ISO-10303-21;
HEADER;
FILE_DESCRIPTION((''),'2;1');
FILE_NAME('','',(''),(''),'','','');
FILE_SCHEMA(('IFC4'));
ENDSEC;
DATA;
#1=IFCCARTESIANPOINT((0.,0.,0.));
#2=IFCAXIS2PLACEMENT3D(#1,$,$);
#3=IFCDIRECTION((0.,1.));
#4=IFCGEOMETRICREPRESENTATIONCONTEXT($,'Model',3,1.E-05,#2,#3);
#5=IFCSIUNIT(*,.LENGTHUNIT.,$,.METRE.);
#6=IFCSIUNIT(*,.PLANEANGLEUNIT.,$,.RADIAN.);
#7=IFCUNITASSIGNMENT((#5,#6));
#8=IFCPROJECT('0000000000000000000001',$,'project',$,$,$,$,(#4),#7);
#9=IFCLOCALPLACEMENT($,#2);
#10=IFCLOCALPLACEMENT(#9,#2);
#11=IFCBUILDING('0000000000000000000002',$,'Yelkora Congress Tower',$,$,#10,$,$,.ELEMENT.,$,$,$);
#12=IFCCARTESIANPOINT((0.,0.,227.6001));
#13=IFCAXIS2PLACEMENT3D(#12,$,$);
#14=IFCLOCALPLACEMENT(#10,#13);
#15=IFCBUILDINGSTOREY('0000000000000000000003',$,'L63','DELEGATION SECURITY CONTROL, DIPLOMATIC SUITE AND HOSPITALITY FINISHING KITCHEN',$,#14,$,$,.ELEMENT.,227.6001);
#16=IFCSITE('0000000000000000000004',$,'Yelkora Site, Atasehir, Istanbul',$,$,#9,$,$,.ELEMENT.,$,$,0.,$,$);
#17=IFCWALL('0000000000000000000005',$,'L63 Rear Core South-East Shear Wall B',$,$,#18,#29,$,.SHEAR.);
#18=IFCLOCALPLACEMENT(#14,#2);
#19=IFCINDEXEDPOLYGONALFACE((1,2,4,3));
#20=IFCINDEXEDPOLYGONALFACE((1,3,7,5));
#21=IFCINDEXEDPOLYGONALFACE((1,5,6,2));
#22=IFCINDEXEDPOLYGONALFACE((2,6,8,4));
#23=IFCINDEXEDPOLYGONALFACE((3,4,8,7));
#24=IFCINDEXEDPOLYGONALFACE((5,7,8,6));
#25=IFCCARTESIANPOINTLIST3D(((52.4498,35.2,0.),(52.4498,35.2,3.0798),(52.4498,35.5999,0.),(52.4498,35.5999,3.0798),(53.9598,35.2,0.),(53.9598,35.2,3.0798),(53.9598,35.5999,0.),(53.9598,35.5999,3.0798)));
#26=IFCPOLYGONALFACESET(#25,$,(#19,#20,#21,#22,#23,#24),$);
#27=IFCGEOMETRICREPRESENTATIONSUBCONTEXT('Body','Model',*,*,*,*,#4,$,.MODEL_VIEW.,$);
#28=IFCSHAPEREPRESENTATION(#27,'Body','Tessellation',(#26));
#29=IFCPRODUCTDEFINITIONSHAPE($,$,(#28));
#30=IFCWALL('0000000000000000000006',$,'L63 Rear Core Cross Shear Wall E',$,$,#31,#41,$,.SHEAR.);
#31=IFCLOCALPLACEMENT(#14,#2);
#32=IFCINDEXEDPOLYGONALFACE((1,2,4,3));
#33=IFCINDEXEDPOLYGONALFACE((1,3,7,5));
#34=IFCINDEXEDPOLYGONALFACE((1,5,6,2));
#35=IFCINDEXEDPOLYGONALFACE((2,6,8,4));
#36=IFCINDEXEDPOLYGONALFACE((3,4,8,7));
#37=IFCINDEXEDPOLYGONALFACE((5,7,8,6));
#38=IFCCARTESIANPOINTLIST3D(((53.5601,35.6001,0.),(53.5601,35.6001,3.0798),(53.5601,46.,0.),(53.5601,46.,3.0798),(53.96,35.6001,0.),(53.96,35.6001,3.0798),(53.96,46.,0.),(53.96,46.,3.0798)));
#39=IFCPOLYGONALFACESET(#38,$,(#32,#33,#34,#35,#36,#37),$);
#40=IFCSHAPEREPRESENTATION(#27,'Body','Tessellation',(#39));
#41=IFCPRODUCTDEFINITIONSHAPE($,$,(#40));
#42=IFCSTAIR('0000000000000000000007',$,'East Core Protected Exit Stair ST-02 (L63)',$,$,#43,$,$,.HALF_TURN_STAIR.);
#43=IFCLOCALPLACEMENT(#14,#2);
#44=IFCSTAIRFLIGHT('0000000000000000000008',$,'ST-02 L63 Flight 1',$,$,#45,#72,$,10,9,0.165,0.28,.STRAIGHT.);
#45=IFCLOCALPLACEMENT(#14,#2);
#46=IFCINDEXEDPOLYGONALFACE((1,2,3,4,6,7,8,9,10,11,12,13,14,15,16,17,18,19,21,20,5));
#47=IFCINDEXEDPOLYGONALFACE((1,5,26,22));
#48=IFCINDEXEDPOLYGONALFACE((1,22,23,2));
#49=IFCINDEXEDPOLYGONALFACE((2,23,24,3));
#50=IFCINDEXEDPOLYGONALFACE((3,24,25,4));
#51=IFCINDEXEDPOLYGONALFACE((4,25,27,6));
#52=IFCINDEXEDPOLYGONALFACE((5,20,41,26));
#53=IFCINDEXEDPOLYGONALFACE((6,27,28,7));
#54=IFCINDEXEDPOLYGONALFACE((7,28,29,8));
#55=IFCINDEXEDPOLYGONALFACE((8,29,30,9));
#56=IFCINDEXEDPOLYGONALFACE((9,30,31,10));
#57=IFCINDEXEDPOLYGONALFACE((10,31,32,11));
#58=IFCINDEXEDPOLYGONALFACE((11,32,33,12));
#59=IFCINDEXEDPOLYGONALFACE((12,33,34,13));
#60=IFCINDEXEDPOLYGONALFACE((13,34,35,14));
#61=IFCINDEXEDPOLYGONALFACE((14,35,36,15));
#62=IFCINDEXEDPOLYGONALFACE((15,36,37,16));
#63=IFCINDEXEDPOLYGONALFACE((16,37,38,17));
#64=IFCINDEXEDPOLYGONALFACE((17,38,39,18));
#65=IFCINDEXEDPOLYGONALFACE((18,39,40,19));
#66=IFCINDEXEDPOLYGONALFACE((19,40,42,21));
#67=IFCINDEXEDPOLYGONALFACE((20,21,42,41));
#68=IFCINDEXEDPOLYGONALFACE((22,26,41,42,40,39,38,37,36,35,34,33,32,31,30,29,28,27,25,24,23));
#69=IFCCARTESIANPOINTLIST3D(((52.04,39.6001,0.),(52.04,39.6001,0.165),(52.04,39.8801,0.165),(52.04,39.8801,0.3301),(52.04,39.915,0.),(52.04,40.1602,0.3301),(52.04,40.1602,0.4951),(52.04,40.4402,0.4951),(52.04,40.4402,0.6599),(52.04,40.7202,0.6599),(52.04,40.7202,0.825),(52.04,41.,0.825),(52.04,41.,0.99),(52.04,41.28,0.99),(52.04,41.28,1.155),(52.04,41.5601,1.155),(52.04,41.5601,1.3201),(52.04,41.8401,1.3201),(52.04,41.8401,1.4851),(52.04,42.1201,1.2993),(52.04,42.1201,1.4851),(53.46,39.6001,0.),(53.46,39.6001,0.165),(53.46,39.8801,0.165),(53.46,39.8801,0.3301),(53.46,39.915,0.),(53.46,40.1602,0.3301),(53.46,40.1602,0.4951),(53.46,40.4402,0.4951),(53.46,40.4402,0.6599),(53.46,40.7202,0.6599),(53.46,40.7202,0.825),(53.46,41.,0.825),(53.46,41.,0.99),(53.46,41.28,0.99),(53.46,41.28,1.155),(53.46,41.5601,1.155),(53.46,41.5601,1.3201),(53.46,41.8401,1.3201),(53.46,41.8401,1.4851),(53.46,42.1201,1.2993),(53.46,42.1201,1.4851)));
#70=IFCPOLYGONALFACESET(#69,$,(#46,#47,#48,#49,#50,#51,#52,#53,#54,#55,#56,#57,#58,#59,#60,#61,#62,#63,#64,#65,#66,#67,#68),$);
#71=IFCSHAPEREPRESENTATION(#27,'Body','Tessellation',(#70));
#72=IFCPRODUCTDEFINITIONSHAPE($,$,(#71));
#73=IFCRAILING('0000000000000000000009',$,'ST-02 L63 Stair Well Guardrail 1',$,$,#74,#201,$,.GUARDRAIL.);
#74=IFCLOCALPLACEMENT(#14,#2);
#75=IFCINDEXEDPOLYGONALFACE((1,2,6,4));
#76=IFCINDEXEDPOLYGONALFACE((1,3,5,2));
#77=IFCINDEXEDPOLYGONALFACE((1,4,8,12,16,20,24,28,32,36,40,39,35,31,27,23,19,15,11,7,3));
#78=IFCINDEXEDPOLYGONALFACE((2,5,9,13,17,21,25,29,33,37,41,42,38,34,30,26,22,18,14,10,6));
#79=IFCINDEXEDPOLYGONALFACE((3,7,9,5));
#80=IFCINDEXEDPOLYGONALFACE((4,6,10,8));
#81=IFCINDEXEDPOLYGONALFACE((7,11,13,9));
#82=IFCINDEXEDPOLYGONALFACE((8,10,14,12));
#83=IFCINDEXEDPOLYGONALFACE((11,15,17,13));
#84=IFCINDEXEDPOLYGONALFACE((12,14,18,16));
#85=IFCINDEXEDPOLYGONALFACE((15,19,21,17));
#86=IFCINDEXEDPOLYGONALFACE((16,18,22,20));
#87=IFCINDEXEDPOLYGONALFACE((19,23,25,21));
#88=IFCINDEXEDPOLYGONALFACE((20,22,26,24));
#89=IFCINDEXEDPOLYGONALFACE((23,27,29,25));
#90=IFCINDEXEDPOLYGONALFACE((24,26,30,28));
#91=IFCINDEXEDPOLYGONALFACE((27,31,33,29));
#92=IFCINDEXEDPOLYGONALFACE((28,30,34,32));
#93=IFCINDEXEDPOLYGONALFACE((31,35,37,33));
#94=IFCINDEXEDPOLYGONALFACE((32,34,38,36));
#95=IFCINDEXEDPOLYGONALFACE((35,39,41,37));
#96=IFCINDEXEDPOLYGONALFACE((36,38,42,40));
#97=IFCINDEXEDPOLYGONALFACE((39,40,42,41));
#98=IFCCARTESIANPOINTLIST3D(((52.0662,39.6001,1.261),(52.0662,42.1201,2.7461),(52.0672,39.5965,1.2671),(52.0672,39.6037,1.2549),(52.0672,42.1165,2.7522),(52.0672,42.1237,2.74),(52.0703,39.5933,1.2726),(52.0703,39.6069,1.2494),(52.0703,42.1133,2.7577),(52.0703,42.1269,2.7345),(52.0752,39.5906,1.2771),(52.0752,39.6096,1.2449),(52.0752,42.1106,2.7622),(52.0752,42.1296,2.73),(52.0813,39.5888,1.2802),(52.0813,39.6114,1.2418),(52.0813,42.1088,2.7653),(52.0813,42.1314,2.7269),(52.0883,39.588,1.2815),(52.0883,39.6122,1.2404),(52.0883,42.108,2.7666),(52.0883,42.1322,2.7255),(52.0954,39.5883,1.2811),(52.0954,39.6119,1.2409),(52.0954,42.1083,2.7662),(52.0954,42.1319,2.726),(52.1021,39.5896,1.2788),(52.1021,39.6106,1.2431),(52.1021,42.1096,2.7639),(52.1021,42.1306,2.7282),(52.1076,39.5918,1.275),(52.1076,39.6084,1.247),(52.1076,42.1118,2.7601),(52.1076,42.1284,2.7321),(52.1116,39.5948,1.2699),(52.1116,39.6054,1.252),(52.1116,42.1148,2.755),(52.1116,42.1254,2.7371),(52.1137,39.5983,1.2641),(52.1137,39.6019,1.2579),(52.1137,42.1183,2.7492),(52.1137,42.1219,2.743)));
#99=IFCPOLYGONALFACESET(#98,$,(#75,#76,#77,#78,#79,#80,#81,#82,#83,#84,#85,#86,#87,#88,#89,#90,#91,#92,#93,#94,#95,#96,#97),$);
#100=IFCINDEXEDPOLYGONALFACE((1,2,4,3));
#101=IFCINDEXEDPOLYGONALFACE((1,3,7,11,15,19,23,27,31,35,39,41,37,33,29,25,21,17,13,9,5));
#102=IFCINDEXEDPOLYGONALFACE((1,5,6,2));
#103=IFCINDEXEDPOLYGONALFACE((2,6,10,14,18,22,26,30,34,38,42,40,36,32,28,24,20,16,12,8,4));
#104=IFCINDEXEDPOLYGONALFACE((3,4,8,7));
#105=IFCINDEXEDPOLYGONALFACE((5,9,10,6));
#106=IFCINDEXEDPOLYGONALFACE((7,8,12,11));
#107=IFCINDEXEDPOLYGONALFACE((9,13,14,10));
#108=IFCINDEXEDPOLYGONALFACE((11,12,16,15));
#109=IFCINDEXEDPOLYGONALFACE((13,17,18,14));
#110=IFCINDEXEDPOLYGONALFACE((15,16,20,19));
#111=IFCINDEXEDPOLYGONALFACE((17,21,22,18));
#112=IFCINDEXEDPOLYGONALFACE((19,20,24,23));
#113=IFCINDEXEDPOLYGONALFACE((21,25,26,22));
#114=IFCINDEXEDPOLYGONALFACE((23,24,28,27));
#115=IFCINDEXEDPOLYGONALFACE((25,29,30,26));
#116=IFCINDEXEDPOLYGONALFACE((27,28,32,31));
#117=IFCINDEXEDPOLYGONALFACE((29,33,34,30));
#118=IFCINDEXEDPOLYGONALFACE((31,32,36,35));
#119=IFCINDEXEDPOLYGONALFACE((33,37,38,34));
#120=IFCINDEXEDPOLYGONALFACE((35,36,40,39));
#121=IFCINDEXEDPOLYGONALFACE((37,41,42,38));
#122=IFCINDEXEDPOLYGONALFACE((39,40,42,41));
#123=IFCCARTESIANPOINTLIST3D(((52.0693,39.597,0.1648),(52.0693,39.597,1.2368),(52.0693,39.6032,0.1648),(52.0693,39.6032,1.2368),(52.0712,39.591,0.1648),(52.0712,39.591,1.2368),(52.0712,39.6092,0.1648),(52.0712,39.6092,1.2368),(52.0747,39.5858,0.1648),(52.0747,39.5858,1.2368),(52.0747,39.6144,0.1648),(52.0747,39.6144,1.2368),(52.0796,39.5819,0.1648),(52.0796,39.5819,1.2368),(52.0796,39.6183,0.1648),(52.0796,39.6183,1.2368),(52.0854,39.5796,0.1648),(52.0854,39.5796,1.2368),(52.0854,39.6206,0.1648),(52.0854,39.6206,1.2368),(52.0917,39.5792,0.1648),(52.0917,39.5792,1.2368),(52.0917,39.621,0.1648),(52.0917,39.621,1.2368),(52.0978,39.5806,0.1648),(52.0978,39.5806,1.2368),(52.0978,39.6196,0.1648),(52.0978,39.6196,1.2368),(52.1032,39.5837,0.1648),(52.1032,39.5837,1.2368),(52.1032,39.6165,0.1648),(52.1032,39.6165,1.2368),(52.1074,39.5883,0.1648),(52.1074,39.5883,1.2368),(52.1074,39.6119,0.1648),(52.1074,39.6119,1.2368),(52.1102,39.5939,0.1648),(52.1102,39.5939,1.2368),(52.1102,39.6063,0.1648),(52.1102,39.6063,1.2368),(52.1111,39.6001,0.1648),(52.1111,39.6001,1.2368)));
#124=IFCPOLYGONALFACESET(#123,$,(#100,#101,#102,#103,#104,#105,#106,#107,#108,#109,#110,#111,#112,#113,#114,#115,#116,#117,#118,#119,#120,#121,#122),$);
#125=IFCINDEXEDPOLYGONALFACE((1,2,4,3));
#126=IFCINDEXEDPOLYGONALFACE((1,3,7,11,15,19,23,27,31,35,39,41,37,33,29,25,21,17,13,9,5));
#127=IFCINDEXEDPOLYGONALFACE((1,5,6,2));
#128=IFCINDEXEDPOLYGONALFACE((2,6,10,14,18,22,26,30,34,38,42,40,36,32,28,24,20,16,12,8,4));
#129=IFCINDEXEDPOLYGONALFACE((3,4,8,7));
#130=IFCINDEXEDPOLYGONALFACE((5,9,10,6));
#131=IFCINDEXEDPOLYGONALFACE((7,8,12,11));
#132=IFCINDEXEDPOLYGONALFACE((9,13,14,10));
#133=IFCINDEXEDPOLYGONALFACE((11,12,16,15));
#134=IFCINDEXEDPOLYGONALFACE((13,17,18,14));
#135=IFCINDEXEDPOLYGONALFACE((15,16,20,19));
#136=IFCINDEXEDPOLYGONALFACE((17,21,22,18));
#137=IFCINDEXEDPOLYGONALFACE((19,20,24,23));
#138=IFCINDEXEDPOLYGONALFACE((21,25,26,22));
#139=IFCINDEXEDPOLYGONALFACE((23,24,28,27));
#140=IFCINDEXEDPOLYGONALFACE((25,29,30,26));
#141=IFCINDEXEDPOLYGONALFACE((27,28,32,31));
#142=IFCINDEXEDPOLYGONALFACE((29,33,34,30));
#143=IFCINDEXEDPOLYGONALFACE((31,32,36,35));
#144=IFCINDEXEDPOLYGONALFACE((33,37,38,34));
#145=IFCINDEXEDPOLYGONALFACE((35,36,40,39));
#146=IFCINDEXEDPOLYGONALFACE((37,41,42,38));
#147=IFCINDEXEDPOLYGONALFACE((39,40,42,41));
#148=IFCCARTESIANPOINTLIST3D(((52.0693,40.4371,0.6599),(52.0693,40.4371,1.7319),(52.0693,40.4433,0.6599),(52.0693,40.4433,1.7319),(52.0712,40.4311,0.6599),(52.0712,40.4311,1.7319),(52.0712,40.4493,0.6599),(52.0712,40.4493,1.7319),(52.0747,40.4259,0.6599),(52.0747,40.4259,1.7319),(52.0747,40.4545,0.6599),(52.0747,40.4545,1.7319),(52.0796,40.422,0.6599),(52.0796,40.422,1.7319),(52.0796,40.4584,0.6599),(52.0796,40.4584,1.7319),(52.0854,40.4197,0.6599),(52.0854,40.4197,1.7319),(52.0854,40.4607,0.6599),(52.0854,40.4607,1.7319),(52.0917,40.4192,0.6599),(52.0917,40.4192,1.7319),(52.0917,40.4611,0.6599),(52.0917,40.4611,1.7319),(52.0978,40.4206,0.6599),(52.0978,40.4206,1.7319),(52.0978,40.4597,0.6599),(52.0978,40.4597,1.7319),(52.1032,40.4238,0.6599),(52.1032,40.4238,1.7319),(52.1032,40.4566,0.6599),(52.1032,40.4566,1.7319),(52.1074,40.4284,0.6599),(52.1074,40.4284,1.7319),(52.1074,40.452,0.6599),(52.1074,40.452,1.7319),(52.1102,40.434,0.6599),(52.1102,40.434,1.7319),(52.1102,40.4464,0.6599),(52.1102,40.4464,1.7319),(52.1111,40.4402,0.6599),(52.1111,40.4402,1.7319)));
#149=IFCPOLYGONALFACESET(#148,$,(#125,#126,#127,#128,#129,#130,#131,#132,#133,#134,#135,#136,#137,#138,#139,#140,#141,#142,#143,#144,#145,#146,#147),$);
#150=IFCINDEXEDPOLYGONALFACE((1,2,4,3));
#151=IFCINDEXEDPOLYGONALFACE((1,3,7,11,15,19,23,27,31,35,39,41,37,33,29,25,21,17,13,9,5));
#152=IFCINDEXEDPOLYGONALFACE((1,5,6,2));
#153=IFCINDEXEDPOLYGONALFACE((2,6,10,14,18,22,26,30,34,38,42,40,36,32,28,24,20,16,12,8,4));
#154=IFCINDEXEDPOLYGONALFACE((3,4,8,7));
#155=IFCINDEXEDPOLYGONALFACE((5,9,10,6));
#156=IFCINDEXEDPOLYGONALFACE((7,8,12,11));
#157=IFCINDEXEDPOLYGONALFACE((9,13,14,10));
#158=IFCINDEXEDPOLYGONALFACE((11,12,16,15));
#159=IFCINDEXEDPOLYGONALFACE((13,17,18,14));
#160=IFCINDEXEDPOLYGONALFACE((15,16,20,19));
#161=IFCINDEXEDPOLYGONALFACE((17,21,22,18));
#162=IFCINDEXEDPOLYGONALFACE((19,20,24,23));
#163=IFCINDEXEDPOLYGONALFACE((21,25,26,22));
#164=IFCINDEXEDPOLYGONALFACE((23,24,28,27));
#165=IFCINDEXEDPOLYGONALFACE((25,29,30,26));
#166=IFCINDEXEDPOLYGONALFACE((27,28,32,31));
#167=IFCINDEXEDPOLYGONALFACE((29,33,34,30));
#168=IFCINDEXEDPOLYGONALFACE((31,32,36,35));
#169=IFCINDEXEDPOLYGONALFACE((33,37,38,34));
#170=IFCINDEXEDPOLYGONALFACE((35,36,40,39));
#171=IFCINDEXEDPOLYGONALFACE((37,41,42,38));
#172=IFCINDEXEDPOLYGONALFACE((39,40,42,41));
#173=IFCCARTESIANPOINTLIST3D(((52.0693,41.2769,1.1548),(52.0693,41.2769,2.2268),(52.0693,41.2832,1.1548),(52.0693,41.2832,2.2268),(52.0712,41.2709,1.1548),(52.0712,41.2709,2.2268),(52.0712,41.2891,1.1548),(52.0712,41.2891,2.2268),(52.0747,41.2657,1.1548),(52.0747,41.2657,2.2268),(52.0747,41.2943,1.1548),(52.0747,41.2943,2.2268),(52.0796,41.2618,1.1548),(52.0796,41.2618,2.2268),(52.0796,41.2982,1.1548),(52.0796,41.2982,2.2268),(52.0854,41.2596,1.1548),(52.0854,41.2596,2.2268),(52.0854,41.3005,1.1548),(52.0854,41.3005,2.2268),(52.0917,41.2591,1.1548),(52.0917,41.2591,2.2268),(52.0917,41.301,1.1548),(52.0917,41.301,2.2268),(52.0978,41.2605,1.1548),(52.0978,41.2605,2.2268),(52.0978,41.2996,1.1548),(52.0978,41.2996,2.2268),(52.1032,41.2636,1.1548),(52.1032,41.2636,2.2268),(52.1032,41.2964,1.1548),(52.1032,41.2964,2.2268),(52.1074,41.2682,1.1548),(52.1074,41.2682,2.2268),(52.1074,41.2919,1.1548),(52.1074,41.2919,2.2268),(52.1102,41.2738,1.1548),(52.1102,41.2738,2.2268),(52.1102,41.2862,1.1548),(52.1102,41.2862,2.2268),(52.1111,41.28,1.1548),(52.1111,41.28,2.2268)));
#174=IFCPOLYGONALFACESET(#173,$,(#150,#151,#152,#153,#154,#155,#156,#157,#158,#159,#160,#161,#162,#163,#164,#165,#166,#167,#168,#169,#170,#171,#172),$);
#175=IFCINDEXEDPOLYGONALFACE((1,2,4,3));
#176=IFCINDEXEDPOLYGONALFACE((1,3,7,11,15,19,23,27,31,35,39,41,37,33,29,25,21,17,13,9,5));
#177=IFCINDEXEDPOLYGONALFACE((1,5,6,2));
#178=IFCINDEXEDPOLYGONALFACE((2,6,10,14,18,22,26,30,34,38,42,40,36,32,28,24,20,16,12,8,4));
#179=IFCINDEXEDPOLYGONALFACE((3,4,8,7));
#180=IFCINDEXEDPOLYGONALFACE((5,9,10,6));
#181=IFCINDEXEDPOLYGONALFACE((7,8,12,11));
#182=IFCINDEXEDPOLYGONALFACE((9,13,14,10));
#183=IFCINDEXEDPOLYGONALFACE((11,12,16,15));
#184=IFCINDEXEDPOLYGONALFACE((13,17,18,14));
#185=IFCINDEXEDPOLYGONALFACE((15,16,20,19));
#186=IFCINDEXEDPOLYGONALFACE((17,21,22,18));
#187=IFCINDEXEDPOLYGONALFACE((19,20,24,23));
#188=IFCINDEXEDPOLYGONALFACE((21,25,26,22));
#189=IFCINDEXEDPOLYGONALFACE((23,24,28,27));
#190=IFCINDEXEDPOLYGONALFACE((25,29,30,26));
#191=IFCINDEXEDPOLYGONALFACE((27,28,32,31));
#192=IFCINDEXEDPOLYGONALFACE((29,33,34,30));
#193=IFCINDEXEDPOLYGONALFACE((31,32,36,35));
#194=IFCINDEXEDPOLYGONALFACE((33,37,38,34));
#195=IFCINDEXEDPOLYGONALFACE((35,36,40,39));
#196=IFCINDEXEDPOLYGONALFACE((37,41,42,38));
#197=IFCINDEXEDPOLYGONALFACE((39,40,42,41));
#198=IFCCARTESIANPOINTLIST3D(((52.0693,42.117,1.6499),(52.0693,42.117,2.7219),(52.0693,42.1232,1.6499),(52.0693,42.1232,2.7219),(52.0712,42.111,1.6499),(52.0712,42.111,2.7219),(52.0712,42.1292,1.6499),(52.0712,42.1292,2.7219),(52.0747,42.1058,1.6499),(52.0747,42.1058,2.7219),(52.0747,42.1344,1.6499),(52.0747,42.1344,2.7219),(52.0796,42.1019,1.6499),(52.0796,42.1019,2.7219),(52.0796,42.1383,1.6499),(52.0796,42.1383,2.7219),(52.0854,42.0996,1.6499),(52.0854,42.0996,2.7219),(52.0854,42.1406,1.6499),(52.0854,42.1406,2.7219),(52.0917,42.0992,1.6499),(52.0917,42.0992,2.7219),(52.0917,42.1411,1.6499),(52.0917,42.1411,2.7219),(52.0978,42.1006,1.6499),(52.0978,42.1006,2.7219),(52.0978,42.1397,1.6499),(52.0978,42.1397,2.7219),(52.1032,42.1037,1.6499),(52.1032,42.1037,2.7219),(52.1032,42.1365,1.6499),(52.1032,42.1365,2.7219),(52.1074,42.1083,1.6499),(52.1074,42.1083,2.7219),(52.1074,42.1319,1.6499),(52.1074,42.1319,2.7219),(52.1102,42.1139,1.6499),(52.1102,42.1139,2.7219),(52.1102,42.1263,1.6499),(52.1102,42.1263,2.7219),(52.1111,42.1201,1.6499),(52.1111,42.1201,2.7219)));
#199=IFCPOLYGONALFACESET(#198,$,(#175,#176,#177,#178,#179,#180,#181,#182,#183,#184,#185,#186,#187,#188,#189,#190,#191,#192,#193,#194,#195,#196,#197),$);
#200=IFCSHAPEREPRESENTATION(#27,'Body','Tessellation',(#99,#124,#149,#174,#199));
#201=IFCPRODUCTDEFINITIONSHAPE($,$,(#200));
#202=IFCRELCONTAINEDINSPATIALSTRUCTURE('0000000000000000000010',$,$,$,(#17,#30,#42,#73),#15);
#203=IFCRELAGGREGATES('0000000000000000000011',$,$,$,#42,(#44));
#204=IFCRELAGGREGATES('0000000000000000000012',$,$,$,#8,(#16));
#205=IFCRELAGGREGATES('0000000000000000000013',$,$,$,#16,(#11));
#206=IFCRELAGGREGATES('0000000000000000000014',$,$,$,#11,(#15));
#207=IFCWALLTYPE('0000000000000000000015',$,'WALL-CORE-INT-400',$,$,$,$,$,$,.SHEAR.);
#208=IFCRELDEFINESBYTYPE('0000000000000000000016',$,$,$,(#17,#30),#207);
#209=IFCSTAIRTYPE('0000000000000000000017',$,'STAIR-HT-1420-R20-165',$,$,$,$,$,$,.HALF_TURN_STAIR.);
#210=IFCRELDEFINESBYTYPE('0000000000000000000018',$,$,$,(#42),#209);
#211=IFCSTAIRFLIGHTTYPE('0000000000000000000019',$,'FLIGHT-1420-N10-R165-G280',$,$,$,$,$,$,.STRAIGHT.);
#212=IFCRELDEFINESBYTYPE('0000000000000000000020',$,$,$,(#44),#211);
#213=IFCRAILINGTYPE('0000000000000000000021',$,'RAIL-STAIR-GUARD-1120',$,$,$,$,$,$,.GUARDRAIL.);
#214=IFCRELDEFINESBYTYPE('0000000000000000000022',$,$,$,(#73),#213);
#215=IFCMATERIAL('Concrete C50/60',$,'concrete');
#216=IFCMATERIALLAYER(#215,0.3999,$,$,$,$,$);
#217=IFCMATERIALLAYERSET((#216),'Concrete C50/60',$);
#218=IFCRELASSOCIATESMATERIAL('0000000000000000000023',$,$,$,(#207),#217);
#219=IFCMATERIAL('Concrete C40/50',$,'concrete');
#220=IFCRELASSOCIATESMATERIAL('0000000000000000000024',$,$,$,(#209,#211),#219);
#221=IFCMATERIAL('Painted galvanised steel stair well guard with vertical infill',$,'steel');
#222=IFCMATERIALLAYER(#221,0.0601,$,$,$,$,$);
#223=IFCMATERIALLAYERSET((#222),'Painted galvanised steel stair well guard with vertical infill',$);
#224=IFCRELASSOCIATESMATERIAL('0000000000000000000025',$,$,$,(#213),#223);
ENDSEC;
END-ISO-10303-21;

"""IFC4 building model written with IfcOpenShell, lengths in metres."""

from ifc_helpers import new_model, si_unit, direction, frame, frame_2d, origin, origin_2d, place, context, subcontext, project, spatial, polyline, rectangle, circle, outline, extrude, material, layer, layer_set, type_object, element, aggregate, save


model = new_model("IFC4")

# Units and contexts
model_context = context("Model", 3, precision=1e-05, world=origin(), true_north=direction((0.0, 1.0)))
body_context = subcontext(model_context, "Body", "Model", "MODEL_VIEW")
ifc_project = project(units=[si_unit("LENGTHUNIT", "METRE"), si_unit("PLANEANGLEUNIT", "RADIAN")], contexts=[model_context])

# Site, building, storey
site_placement = place(None, origin())
site = spatial("IfcSite", under=ifc_project, at=site_placement, Name="Yelkora Site, Atasehir, Istanbul", CompositionType="ELEMENT", RefElevation=0.0)
building_placement = place(site_placement, origin())
building = spatial("IfcBuilding", under=site, at=building_placement, Name="Yelkora Congress Tower", CompositionType="ELEMENT")
storey_placement = place(building_placement, frame((0.0, 0.0, 227.6001)))
storey = spatial("IfcBuildingStorey", under=building, at=storey_placement, Name="L63", Description="DELEGATION SECURITY CONTROL, DIPLOMATIC SUITE AND HOSPITALITY FINISHING KITCHEN", CompositionType="ELEMENT", Elevation=227.6001)

# Walls
ifc_material_1 = material(Name="Concrete C50/60", Category="concrete")
ifc_layer_1 = layer(ifc_material_1, 0.3999)
ifc_layer_set_1 = layer_set([ifc_layer_1], Name="Concrete C50/60")
wall_type = type_object("IfcWallType", Name="WALL-CORE-INT-400", PredefinedType="SHEAR", material=ifc_layer_set_1)
wall_1_placement = place(storey_placement, frame((52.45, 35.3999, 0.0), z_axis=(0.0, 0.0, 1.0), x_axis=(1.0, 0.0, 0.0)))
element("IfcWall", 1, at=wall_1_placement, inside=storey, type_object=wall_type, Name="L63 Rear Core South-East Shear Wall B", PredefinedType="SHEAR", context=body_context, shape_type="SweptSolid", body=[
    extrude(rectangle(XDim=1.51, YDim=0.3999, at=frame_2d((0.7549, 0.0))), origin(), (0.0, 0.0, 1.0), 3.0798),
])
wall_2_placement = place(storey_placement, frame((53.76, 35.6001, 0.0), z_axis=(0.0, 0.0, 1.0), x_axis=(0.0, 1.0, 0.0)))
element("IfcWall", 2, at=wall_2_placement, inside=storey, type_object=wall_type, Name="L63 Rear Core Cross Shear Wall E", PredefinedType="SHEAR", context=body_context, shape_type="SweptSolid", body=[
    extrude(rectangle(XDim=10.3999, YDim=0.3999, at=frame_2d((5.2, 0.0))), origin(), (0.0, 0.0, 1.0), 3.0798),
])

# Stair, stair flight
ifc_material_2 = material(Name="Concrete C40/50", Category="concrete")
stair_type = type_object("IfcStairType", Name="STAIR-HT-1420-R20-165", PredefinedType="HALF_TURN_STAIR", material=ifc_material_2)
stair_placement = place(storey_placement, origin())
stair = element("IfcStair", 3, at=stair_placement, inside=storey, type_object=stair_type, Name="East Core Protected Exit Stair ST-02 (L63)", PredefinedType="HALF_TURN_STAIR")
stair_flight_type = type_object("IfcStairFlightType", Name="FLIGHT-1420-N10-R165-G280", PredefinedType="STRAIGHT", material=ifc_material_2)
stair_flight_placement = place(storey_placement, frame((52.75, 39.6001, 0.0), z_axis=(0.0, 0.0, 1.0), x_axis=(0.0, 1.0, 0.0)))
stair_flight = element("IfcStairFlight", 4, at=stair_flight_placement, type_object=stair_flight_type, Name="ST-02 L63 Flight 1", NumberOfRisers=10, NumberOfTreads=9, PredefinedType="STRAIGHT", RiserHeight=0.165, TreadLength=0.28, context=body_context, shape_type="SweptSolid", body=[
    extrude(outline(polyline([(0.0, 0.0), (0.0, 0.165), (0.28, 0.165), (0.28, 0.3301), (0.5601, 0.3301), (0.5601, 0.4951), (0.8401, 0.4951), (0.8401, 0.6599), (1.1201, 0.6599), (1.1201, 0.825), (1.3999, 0.825), (1.3999, 0.99), (1.6799, 0.99), (1.6799, 1.155), (1.96, 1.155), (1.96, 1.3201), (2.24, 1.3201), (2.24, 1.4851), (2.52, 1.4851), (2.52, 1.6499), (2.52, 1.2993), (0.3149, 0.0), (0.0, 0.0)])), frame((0.0, 0.71, 0.0), z_axis=(0.0, -1.0, 0.0), x_axis=(1.0, 0.0, 0.0)), (0.0, 0.0, 1.0), 1.4199),
])
aggregate(stair, [stair_flight])

# Railing
ifc_material_3 = material(Name="Painted galvanised steel stair well guard with vertical infill", Category="steel")
ifc_layer_2 = layer(ifc_material_3, 0.0601)
ifc_layer_set_2 = layer_set([ifc_layer_2], Name="Painted galvanised steel stair well guard with vertical infill")
railing_type_1 = type_object("IfcRailingType", Name="RAIL-STAIR-GUARD-1120", PredefinedType="GUARDRAIL", material=ifc_layer_set_2)
railing_1_placement = place(storey_placement, frame((52.0901, 39.6001, 0.1648)))
element("IfcRailing", 5, at=railing_1_placement, inside=storey, type_object=railing_type_1, Name="ST-02 L63 Stair Well Guardrail 1", PredefinedType="GUARDRAIL", context=body_context, shape_type="SweptSolid", body=[
    extrude(circle(Radius=0.0239, at=origin_2d()), frame((0.0, 0.0, 1.0962), z_axis=(0.0, 0.861524, 0.507717), x_axis=(-1.0, 0.0, 0.0)), (0.0, 0.0, 1.0), 2.925),
    extrude(circle(Radius=0.021, at=origin_2d()), origin(), (0.0, 0.0, 1.0), 1.072),
    extrude(circle(Radius=0.021, at=origin_2d()), frame((0.0, 0.8401, 0.4951)), (0.0, 0.0, 1.0), 1.072),
    extrude(circle(Radius=0.021, at=origin_2d()), frame((0.0, 1.6799, 0.99)), (0.0, 0.0, 1.0), 1.072),
    extrude(circle(Radius=0.021, at=origin_2d()), frame((0.0, 2.52, 1.4851)), (0.0, 0.0, 1.0), 1.072),
])

save(model, "model.ifc")
